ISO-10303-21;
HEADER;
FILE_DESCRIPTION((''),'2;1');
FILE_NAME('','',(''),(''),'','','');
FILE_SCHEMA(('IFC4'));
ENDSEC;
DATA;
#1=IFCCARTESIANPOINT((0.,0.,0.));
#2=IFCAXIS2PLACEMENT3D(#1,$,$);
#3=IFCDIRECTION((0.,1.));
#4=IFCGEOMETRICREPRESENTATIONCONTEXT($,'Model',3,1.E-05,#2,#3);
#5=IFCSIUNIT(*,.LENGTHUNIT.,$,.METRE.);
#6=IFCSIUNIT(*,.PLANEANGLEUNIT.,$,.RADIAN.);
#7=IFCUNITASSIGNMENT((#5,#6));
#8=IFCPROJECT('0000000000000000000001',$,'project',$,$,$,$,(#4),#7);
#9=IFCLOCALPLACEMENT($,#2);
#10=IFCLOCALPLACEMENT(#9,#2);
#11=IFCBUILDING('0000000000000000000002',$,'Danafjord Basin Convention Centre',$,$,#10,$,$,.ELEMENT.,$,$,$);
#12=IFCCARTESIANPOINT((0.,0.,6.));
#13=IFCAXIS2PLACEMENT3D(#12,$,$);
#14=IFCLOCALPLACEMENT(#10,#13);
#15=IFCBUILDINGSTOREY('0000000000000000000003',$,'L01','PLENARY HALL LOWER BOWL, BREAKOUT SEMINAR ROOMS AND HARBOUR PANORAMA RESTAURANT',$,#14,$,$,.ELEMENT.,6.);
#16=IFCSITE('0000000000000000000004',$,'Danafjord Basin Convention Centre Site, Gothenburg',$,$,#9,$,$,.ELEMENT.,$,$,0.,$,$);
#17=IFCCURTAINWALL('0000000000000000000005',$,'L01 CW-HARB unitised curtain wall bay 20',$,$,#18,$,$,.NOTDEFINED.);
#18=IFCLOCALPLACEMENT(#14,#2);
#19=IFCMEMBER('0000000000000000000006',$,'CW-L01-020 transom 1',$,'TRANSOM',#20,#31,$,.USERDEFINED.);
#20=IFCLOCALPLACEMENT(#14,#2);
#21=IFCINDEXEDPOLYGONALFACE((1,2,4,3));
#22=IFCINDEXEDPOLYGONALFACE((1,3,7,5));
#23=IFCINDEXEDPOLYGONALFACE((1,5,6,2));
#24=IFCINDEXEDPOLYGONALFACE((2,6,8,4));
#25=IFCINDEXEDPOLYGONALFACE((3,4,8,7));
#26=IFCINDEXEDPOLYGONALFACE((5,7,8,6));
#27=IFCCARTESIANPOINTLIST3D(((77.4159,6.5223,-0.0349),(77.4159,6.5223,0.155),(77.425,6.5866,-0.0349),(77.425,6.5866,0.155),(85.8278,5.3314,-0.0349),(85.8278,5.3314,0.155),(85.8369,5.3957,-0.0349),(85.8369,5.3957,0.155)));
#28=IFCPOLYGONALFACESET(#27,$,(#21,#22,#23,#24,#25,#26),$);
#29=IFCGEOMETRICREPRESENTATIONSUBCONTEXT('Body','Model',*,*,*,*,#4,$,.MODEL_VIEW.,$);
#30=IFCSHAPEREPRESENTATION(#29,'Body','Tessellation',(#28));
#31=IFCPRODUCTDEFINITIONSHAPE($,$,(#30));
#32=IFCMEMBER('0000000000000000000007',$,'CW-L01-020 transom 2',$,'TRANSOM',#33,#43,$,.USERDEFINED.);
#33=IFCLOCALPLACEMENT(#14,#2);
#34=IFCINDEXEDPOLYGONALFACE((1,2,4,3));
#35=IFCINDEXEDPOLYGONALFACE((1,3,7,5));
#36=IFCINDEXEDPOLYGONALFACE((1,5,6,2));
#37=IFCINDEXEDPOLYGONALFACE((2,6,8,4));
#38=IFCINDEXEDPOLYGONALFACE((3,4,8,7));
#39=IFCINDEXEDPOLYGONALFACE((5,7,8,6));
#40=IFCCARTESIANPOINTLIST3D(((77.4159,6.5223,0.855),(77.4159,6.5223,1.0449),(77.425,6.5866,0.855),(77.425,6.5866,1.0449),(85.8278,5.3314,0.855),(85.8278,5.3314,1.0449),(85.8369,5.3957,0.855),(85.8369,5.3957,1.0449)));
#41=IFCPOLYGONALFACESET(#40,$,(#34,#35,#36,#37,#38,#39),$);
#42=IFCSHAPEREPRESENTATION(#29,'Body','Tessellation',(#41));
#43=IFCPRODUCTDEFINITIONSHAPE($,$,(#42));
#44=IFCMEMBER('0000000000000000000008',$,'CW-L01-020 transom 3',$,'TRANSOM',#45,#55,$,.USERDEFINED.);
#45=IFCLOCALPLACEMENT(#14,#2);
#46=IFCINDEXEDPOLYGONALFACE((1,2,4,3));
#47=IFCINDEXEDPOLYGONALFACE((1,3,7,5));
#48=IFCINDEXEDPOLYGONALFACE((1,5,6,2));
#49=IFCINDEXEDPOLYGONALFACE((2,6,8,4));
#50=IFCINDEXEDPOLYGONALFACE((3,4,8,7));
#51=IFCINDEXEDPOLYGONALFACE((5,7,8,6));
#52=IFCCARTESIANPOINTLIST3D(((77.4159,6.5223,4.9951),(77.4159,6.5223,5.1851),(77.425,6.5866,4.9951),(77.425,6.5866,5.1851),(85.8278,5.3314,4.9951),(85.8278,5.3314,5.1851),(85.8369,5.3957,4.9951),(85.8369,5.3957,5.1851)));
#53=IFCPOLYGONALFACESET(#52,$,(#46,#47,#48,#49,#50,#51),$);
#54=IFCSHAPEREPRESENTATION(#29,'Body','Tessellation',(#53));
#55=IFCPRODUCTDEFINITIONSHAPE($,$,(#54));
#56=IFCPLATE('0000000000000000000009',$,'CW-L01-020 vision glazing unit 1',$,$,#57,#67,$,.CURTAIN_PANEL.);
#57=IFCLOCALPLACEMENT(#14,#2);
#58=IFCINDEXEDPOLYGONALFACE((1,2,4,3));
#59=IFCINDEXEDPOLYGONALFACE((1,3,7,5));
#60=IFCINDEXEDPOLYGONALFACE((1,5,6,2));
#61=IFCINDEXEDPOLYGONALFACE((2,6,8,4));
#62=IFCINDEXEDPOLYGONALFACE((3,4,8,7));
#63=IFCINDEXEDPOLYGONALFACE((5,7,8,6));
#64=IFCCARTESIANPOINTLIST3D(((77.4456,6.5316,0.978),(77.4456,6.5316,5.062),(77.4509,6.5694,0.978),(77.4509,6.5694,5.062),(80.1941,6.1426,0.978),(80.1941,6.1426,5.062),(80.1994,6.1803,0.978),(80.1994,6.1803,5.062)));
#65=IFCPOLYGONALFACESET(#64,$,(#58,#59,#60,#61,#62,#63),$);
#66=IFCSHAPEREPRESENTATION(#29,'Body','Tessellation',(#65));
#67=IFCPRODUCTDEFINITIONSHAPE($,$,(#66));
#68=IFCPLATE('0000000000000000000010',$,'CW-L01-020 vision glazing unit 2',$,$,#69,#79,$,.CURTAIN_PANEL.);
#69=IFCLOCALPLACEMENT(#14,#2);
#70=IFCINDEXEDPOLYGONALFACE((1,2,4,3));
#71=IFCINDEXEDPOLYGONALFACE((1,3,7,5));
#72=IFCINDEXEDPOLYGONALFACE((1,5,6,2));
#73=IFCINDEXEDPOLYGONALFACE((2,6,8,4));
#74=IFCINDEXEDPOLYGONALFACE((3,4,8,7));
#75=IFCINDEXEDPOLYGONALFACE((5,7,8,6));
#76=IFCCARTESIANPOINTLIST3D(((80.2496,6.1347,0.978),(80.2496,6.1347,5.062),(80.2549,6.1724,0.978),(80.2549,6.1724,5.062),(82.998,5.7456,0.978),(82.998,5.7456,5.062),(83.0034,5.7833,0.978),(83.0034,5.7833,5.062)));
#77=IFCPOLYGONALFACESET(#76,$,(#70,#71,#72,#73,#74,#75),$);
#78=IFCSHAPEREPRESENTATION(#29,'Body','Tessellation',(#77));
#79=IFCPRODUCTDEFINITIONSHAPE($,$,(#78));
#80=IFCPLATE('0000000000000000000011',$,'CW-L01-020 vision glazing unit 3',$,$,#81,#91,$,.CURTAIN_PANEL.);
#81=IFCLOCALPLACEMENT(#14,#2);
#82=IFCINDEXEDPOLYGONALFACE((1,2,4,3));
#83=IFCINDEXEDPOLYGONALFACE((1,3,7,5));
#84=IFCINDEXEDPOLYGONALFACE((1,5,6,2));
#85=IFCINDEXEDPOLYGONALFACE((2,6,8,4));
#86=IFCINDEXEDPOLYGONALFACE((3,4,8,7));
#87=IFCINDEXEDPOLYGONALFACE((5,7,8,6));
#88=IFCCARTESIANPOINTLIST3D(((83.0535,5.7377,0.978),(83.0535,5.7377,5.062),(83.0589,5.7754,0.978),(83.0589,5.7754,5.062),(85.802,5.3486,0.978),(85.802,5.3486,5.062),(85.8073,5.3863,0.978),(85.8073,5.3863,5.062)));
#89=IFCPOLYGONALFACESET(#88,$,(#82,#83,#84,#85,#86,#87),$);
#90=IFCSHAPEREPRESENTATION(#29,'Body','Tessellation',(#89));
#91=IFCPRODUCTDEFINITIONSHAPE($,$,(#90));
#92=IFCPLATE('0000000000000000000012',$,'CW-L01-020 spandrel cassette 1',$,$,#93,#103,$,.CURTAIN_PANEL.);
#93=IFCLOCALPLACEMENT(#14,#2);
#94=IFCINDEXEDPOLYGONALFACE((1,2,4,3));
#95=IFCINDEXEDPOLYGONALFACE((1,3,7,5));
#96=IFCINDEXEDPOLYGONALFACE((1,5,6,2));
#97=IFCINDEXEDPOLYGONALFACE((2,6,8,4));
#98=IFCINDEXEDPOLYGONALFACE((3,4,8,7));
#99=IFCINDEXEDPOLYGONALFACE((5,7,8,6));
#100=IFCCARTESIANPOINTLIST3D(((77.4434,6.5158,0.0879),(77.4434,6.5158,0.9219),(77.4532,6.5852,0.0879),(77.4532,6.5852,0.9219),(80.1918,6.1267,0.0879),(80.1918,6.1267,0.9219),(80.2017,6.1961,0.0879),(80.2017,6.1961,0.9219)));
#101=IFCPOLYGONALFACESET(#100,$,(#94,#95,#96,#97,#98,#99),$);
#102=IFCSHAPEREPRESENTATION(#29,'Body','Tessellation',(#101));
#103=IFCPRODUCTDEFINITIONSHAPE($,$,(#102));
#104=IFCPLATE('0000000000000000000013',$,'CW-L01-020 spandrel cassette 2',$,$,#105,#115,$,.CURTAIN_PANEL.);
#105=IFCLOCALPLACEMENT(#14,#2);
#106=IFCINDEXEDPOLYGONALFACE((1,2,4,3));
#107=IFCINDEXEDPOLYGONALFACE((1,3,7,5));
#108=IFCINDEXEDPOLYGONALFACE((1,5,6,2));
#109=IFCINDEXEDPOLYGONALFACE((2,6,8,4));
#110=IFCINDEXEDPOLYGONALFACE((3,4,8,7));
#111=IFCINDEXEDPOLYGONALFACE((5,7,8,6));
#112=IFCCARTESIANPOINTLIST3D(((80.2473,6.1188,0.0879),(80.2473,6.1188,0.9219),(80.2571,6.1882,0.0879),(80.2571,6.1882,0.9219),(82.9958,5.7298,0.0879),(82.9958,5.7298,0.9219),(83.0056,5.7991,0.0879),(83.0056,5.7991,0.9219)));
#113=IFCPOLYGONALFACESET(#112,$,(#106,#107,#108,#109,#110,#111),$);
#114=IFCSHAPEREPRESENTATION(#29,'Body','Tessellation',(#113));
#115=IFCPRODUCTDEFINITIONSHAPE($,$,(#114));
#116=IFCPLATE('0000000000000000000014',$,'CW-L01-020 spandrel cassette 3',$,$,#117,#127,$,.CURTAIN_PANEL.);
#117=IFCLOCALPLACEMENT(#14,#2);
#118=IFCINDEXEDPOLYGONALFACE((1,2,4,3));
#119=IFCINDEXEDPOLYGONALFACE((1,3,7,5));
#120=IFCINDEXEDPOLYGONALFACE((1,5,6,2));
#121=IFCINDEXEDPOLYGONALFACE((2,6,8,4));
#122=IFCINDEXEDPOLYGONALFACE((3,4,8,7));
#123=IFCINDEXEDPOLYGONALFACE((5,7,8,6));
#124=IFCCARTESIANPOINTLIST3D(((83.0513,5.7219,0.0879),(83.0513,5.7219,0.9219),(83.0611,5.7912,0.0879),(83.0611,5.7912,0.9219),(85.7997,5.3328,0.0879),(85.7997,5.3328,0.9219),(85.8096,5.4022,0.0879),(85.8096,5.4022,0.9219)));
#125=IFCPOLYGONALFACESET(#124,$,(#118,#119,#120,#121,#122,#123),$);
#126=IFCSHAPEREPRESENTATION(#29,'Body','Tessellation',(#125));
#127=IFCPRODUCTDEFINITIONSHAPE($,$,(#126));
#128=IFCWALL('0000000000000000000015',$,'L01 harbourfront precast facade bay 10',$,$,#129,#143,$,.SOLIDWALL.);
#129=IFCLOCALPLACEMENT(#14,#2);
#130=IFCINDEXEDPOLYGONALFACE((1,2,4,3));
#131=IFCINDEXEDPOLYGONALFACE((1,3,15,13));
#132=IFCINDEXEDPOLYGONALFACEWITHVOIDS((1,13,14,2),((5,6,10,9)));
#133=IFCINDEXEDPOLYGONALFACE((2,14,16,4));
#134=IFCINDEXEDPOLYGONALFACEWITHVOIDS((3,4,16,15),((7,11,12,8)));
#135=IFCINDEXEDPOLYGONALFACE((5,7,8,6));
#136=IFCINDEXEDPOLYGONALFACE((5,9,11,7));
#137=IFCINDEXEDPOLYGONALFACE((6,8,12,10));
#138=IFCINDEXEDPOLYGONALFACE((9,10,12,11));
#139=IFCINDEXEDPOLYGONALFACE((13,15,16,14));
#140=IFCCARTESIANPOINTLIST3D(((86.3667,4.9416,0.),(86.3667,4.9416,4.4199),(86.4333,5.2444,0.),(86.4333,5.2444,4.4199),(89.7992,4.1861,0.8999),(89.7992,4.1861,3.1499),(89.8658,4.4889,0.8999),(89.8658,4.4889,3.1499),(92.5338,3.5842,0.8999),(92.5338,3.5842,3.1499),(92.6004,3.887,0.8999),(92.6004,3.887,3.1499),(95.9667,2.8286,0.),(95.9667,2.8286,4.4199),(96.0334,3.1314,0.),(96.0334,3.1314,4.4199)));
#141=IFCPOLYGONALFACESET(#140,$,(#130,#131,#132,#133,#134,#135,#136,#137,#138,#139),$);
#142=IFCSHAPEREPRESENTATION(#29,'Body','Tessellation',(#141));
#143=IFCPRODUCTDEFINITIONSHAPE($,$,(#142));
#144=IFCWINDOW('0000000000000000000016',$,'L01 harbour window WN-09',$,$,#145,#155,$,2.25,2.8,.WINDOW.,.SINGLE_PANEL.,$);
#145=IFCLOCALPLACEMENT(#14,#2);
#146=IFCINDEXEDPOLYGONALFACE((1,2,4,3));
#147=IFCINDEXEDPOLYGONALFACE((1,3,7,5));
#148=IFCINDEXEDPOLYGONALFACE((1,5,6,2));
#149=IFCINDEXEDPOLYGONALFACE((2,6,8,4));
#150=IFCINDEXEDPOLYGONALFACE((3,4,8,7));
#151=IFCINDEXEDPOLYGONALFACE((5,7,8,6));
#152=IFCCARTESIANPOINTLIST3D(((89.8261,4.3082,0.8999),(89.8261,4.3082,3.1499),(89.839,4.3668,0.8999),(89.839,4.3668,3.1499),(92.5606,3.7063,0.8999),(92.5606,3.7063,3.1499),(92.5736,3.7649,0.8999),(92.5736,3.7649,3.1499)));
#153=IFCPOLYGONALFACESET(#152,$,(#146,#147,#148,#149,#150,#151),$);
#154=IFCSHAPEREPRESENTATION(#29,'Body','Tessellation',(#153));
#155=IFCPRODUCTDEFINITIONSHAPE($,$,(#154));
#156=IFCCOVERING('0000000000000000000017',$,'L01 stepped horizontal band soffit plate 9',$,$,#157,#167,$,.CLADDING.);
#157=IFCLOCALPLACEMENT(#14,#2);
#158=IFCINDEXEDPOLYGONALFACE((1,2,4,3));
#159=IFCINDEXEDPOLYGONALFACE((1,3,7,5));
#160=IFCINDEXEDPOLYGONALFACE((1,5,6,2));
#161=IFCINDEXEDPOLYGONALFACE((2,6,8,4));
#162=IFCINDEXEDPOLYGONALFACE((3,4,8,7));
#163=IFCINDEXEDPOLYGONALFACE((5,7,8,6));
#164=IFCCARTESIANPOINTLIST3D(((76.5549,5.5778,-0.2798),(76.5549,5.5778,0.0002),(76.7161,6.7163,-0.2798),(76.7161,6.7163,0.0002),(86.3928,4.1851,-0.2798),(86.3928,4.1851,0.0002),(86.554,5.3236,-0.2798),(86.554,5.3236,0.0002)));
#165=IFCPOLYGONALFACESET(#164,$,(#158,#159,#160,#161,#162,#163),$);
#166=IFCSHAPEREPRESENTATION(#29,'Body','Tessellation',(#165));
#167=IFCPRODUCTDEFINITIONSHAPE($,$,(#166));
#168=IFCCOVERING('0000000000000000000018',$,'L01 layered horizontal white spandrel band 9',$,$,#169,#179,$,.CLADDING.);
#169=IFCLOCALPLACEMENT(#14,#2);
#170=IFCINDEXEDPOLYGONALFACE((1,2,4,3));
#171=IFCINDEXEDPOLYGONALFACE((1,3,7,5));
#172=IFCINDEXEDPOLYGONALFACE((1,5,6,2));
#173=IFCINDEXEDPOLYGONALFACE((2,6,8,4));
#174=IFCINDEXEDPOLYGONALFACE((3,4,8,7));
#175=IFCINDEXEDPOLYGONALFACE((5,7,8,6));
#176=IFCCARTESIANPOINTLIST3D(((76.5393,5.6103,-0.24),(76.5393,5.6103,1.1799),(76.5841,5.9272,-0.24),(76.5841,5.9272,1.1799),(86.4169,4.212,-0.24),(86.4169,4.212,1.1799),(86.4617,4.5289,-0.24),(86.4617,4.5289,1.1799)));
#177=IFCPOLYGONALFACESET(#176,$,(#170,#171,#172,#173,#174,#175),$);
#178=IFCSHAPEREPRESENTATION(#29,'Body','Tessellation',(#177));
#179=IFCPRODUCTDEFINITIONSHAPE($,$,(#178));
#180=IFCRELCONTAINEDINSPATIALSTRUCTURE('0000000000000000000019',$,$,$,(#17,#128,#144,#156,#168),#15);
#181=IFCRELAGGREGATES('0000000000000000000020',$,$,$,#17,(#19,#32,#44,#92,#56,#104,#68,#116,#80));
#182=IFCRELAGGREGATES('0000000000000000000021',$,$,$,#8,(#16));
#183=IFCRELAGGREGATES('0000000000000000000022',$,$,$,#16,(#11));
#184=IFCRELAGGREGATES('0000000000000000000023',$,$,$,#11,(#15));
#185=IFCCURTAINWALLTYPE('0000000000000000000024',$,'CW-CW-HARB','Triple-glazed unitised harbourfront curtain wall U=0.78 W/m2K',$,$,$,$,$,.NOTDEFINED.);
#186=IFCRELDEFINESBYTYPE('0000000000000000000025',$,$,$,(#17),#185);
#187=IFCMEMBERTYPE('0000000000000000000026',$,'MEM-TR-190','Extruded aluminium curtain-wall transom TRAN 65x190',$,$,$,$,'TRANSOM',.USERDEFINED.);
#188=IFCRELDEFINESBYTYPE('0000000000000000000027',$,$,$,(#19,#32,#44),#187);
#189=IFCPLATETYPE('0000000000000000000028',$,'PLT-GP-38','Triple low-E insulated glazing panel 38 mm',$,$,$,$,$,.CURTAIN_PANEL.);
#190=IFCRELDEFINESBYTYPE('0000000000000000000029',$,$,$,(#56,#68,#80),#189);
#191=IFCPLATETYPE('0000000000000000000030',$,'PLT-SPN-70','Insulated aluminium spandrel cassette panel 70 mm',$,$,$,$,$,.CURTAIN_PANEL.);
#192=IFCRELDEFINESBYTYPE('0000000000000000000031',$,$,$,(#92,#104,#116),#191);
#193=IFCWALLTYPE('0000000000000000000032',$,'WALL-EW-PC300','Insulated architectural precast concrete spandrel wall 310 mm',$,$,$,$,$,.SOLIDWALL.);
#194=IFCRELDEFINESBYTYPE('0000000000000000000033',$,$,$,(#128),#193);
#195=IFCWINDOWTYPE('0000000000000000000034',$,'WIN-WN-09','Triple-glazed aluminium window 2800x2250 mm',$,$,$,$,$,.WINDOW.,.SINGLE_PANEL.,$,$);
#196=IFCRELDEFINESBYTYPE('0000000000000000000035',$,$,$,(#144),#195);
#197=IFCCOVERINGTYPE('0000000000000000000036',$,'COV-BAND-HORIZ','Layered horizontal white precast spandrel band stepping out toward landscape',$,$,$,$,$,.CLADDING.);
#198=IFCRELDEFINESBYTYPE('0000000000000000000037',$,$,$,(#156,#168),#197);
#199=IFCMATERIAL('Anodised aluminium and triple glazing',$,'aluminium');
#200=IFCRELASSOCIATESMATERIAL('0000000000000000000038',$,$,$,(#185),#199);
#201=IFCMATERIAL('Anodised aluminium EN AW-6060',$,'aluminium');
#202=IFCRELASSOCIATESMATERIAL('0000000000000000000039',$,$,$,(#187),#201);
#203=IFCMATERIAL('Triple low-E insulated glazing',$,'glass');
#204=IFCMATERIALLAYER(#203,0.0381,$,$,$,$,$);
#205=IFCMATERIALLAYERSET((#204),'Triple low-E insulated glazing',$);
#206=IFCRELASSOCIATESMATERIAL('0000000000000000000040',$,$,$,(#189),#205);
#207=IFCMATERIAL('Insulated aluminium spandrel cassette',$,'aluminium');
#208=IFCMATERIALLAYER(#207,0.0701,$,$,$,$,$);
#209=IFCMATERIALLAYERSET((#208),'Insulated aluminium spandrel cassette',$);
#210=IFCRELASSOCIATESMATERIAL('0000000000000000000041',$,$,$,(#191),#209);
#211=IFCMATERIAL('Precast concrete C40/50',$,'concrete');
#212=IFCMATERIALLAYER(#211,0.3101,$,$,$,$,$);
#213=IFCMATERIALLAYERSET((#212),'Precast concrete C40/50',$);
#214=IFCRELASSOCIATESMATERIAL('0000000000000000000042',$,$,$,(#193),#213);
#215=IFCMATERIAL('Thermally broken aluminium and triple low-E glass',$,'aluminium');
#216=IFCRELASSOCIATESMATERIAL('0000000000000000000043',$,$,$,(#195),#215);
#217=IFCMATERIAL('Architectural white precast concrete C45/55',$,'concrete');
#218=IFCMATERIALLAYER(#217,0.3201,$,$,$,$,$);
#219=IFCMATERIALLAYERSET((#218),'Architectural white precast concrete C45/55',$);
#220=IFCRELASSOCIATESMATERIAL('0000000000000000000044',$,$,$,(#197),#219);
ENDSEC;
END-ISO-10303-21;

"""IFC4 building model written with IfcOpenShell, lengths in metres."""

from ifc_helpers import new_model, si_unit, direction, frame, frame_2d, origin, origin_2d, place, context, subcontext, project, spatial, rectangle, extrude, material, layer, layer_set, material_profile, profile_set, type_object, element, fill, aggregate, save


model = new_model("IFC4")

# Units and contexts
model_context = context("Model", 3, precision=1e-05, world=origin(), true_north=direction((0.0, 1.0)))
body_context = subcontext(model_context, "Body", "Model", "MODEL_VIEW")
ifc_project = project(units=[si_unit("LENGTHUNIT", "METRE"), si_unit("PLANEANGLEUNIT", "RADIAN")], contexts=[model_context])

# Site, building, storey
site_placement = place(None, origin())
site = spatial("IfcSite", under=ifc_project, at=site_placement, Name="Danafjord Basin Convention Centre Site, Gothenburg", CompositionType="ELEMENT", RefElevation=0.0)
building_placement = place(site_placement, origin())
building = spatial("IfcBuilding", under=site, at=building_placement, Name="Danafjord Basin Convention Centre", CompositionType="ELEMENT")
storey_placement = place(building_placement, frame((0.0, 0.0, 6.0)))
storey = spatial("IfcBuildingStorey", under=building, at=storey_placement, Name="L01", Description="PLENARY HALL LOWER BOWL, BREAKOUT SEMINAR ROOMS AND HARBOUR PANORAMA RESTAURANT", CompositionType="ELEMENT", Elevation=6.0)

# Curtain wall, members, plates
ifc_material_1 = material(Name="Anodised aluminium and triple glazing", Category="aluminium")
curtain_wall_type = type_object("IfcCurtainWallType", Name="CW-CW-HARB", Description="Triple-glazed unitised harbourfront curtain wall U=0.78 W/m2K", PredefinedType="NOTDEFINED", material=ifc_material_1)
curtain_wall_placement = place(storey_placement, origin())
curtain_wall = element("IfcCurtainWall", 1, at=curtain_wall_placement, inside=storey, type_object=curtain_wall_type, Name="L01 CW-HARB unitised curtain wall bay 20", PredefinedType="NOTDEFINED")
ifc_material_2 = material(Name="Anodised aluminium EN AW-6060", Category="aluminium")
ifc_material_profile_1 = material_profile(ifc_material_2, rectangle(XDim=0.0649, YDim=0.1899, at=origin_2d()), Name="TRAN 65x190")
ifc_profile_set_1 = profile_set([ifc_material_profile_1], Name="Anodised aluminium EN AW-6060")
member_type_1 = type_object("IfcMemberType", Name="MEM-TR-190", Description="Extruded aluminium curtain-wall transom TRAN 65x190", ElementType="TRANSOM", PredefinedType="USERDEFINED", material=ifc_profile_set_1)
member_1_placement = place(storey_placement, frame((77.4204, 6.5544, 0.0601), z_axis=(0.990126, -0.140178, 0.0), x_axis=(0.140178, 0.990126, 0.0)))
member_1 = element("IfcMember", 2, at=member_1_placement, type_object=member_type_1, Name="CW-L01-020 transom 1", ObjectType="TRANSOM", PredefinedType="USERDEFINED", context=body_context, shape_type="SweptSolid", body=[
    extrude(rectangle(XDim=0.0649, YDim=0.1899, at=origin_2d()), origin(), (0.0, 0.0, 1.0), 8.4958),
])
member_2_placement = place(storey_placement, frame((77.4204, 6.5544, 0.95), z_axis=(0.990126, -0.140178, 0.0), x_axis=(0.140178, 0.990126, 0.0)))
member_2 = element("IfcMember", 3, at=member_2_placement, type_object=member_type_1, Name="CW-L01-020 transom 2", ObjectType="TRANSOM", PredefinedType="USERDEFINED", context=body_context, shape_type="SweptSolid", body=[
    extrude(rectangle(XDim=0.0649, YDim=0.1899, at=origin_2d()), origin(), (0.0, 0.0, 1.0), 8.4958),
])
member_3_placement = place(storey_placement, frame((77.4204, 6.5544, 5.0901), z_axis=(0.990126, -0.140178, 0.0), x_axis=(0.140178, 0.990126, 0.0)))
member_3 = element("IfcMember", 4, at=member_3_placement, type_object=member_type_1, Name="CW-L01-020 transom 3", ObjectType="TRANSOM", PredefinedType="USERDEFINED", context=body_context, shape_type="SweptSolid", body=[
    extrude(rectangle(XDim=0.0649, YDim=0.1899, at=origin_2d()), origin(), (0.0, 0.0, 1.0), 8.4958),
])
ifc_material_3 = material(Name="Triple low-E insulated glazing", Category="glass")
ifc_layer_1 = layer(ifc_material_3, 0.0381)
ifc_layer_set_1 = layer_set([ifc_layer_1], Name="Triple low-E insulated glazing")
plate_type_1 = type_object("IfcPlateType", Name="PLT-GP-38", Description="Triple low-E insulated glazing panel 38 mm", PredefinedType="CURTAIN_PANEL", material=ifc_layer_set_1)
plate_1_placement = place(storey_placement, frame((78.8225, 6.356, 0.978), z_axis=(0.0, 0.0, 1.0), x_axis=(0.990128, -0.140165, 0.0)))
plate_1 = element("IfcPlate", 5, at=plate_1_placement, type_object=plate_type_1, Name="CW-L01-020 vision glazing unit 1", PredefinedType="CURTAIN_PANEL", context=body_context, shape_type="SweptSolid", body=[
    extrude(rectangle(XDim=2.7759, YDim=0.0381, at=origin_2d()), origin(), (0.0, 0.0, 1.0), 4.084),
])
plate_2_placement = place(storey_placement, frame((81.6265, 5.959, 0.978), z_axis=(0.0, 0.0, 1.0), x_axis=(0.990128, -0.140165, 0.0)))
plate_2 = element("IfcPlate", 6, at=plate_2_placement, type_object=plate_type_1, Name="CW-L01-020 vision glazing unit 2", PredefinedType="CURTAIN_PANEL", context=body_context, shape_type="SweptSolid", body=[
    extrude(rectangle(XDim=2.7759, YDim=0.0381, at=origin_2d()), origin(), (0.0, 0.0, 1.0), 4.084),
])
plate_3_placement = place(storey_placement, frame((84.4304, 5.562, 0.978), z_axis=(0.0, 0.0, 1.0), x_axis=(0.990128, -0.140165, 0.0)))
plate_3 = element("IfcPlate", 7, at=plate_3_placement, type_object=plate_type_1, Name="CW-L01-020 vision glazing unit 3", PredefinedType="CURTAIN_PANEL", context=body_context, shape_type="SweptSolid", body=[
    extrude(rectangle(XDim=2.7759, YDim=0.0381, at=origin_2d()), origin(), (0.0, 0.0, 1.0), 4.084),
])
ifc_material_4 = material(Name="Insulated aluminium spandrel cassette", Category="aluminium")
ifc_layer_2 = layer(ifc_material_4, 0.0701)
ifc_layer_set_2 = layer_set([ifc_layer_2], Name="Insulated aluminium spandrel cassette")
plate_type_2 = type_object("IfcPlateType", Name="PLT-SPN-70", Description="Insulated aluminium spandrel cassette panel 70 mm", PredefinedType="CURTAIN_PANEL", material=ifc_layer_set_2)
plate_4_placement = place(storey_placement, frame((78.8225, 6.356, 0.0879), z_axis=(0.0, 0.0, 1.0), x_axis=(0.990128, -0.140165, 0.0)))
plate_4 = element("IfcPlate", 8, at=plate_4_placement, type_object=plate_type_2, Name="CW-L01-020 spandrel cassette 1", PredefinedType="CURTAIN_PANEL", context=body_context, shape_type="SweptSolid", body=[
    extrude(rectangle(XDim=2.7759, YDim=0.0701, at=origin_2d()), origin(), (0.0, 0.0, 1.0), 0.834),
])
plate_5_placement = place(storey_placement, frame((81.6265, 5.959, 0.0879), z_axis=(0.0, 0.0, 1.0), x_axis=(0.990128, -0.140165, 0.0)))
plate_5 = element("IfcPlate", 9, at=plate_5_placement, type_object=plate_type_2, Name="CW-L01-020 spandrel cassette 2", PredefinedType="CURTAIN_PANEL", context=body_context, shape_type="SweptSolid", body=[
    extrude(rectangle(XDim=2.7759, YDim=0.0701, at=origin_2d()), origin(), (0.0, 0.0, 1.0), 0.834),
])
plate_6_placement = place(storey_placement, frame((84.4304, 5.562, 0.0879), z_axis=(0.0, 0.0, 1.0), x_axis=(0.990128, -0.140165, 0.0)))
plate_6 = element("IfcPlate", 10, at=plate_6_placement, type_object=plate_type_2, Name="CW-L01-020 spandrel cassette 3", PredefinedType="CURTAIN_PANEL", context=body_context, shape_type="SweptSolid", body=[
    extrude(rectangle(XDim=2.7759, YDim=0.0701, at=origin_2d()), origin(), (0.0, 0.0, 1.0), 0.834),
])
aggregate(curtain_wall, [member_1, member_2, member_3, plate_4, plate_1, plate_5, plate_2, plate_6, plate_3])

# Wall, opening, window
ifc_material_5 = material(Name="Precast concrete C40/50", Category="concrete")
ifc_layer_3 = layer(ifc_material_5, 0.3101)
ifc_layer_set_3 = layer_set([ifc_layer_3], Name="Precast concrete C40/50")
wall_type = type_object("IfcWallType", Name="WALL-EW-PC300", Description="Insulated architectural precast concrete spandrel wall 310 mm", PredefinedType="SOLIDWALL", material=ifc_layer_set_3)
wall_placement = place(storey_placement, frame((86.3999, 5.093, 0.0), z_axis=(0.0, 0.0, 1.0), x_axis=(0.976623, -0.21496, 0.0)))
wall = element("IfcWall", 11, at=wall_placement, inside=storey, type_object=wall_type, Name="L01 harbourfront precast facade bay 10", PredefinedType="SOLIDWALL", context=body_context, shape_type="SweptSolid", body=[
    extrude(rectangle(XDim=9.8298, YDim=0.3101, at=frame_2d((4.915, 0.0))), origin(), (0.0, 0.0, 1.0), 4.4199),
])
opening_placement = place(wall_placement, frame((3.5149, 0.0, 0.8999)))
opening = element("IfcOpeningElement", 12, at=opening_placement, cuts=wall, PredefinedType="OPENING", context=body_context, shape_type="SweptSolid", body=[
    extrude(rectangle(XDim=2.8, YDim=2.25, at=frame_2d((1.3999, 1.125))), frame((0.0, 0.165, 0.0), z_axis=(0.0, -1.0, 0.0), x_axis=(1.0, 0.0, 0.0)), (0.0, 0.0, 1.0), 0.3301),
])
ifc_material_6 = material(Name="Thermally broken aluminium and triple low-E glass", Category="aluminium")
window_type = type_object("IfcWindowType", Name="WIN-WN-09", Description="Triple-glazed aluminium window 2800x2250 mm", PartitioningType="SINGLE_PANEL", PredefinedType="WINDOW", material=ifc_material_6)
window_placement = place(opening_placement, origin())
window = element("IfcWindow", 13, at=window_placement, inside=storey, type_object=window_type, Name="L01 harbour window WN-09", OverallHeight=2.25, OverallWidth=2.8, PartitioningType="SINGLE_PANEL", PredefinedType="WINDOW", context=body_context, shape_type="SweptSolid", body=[
    extrude(rectangle(XDim=2.8, YDim=2.25, at=frame_2d((1.3999, 1.125))), frame((0.0, 0.03, 0.0), z_axis=(0.0, -1.0, 0.0), x_axis=(1.0, 0.0, 0.0)), (0.0, 0.0, 1.0), 0.0601),
])
fill(opening, window)

# Coverings
ifc_material_7 = material(Name="Architectural white precast concrete C45/55", Category="concrete")
ifc_layer_4 = layer(ifc_material_7, 0.3201)
ifc_layer_set_4 = layer_set([ifc_layer_4], Name="Architectural white precast concrete C45/55")
covering_type = type_object("IfcCoveringType", Name="COV-BAND-HORIZ", Description="Layered horizontal white precast spandrel band stepping out toward landscape", PredefinedType="CLADDING", material=ifc_layer_set_4)
covering_1_placement = place(storey_placement, frame((81.5544, 5.4507, -0.2798), z_axis=(0.0, 0.0, 1.0), x_axis=(0.990128, -0.140165, 0.0)))
element("IfcCovering", 14, at=covering_1_placement, inside=storey, type_object=covering_type, Name="L01 stepped horizontal band soffit plate 9", PredefinedType="CLADDING", context=body_context, shape_type="SweptSolid", body=[
    extrude(rectangle(XDim=9.936, YDim=1.1499, at=origin_2d()), origin(), (0.0, 0.0, 1.0), 0.28),
])
covering_2_placement = place(storey_placement, frame((81.5005, 5.0696, -0.24), z_axis=(0.0, 0.0, 1.0), x_axis=(0.990128, -0.140165, 0.0)))
element("IfcCovering", 15, at=covering_2_placement, inside=storey, type_object=covering_type, Name="L01 layered horizontal white spandrel band 9", PredefinedType="CLADDING", context=body_context, shape_type="SweptSolid", body=[
    extrude(rectangle(XDim=9.9761, YDim=0.3201, at=origin_2d()), origin(), (0.0, 0.0, 1.0), 1.4199),
])

save(model, "model.ifc")
